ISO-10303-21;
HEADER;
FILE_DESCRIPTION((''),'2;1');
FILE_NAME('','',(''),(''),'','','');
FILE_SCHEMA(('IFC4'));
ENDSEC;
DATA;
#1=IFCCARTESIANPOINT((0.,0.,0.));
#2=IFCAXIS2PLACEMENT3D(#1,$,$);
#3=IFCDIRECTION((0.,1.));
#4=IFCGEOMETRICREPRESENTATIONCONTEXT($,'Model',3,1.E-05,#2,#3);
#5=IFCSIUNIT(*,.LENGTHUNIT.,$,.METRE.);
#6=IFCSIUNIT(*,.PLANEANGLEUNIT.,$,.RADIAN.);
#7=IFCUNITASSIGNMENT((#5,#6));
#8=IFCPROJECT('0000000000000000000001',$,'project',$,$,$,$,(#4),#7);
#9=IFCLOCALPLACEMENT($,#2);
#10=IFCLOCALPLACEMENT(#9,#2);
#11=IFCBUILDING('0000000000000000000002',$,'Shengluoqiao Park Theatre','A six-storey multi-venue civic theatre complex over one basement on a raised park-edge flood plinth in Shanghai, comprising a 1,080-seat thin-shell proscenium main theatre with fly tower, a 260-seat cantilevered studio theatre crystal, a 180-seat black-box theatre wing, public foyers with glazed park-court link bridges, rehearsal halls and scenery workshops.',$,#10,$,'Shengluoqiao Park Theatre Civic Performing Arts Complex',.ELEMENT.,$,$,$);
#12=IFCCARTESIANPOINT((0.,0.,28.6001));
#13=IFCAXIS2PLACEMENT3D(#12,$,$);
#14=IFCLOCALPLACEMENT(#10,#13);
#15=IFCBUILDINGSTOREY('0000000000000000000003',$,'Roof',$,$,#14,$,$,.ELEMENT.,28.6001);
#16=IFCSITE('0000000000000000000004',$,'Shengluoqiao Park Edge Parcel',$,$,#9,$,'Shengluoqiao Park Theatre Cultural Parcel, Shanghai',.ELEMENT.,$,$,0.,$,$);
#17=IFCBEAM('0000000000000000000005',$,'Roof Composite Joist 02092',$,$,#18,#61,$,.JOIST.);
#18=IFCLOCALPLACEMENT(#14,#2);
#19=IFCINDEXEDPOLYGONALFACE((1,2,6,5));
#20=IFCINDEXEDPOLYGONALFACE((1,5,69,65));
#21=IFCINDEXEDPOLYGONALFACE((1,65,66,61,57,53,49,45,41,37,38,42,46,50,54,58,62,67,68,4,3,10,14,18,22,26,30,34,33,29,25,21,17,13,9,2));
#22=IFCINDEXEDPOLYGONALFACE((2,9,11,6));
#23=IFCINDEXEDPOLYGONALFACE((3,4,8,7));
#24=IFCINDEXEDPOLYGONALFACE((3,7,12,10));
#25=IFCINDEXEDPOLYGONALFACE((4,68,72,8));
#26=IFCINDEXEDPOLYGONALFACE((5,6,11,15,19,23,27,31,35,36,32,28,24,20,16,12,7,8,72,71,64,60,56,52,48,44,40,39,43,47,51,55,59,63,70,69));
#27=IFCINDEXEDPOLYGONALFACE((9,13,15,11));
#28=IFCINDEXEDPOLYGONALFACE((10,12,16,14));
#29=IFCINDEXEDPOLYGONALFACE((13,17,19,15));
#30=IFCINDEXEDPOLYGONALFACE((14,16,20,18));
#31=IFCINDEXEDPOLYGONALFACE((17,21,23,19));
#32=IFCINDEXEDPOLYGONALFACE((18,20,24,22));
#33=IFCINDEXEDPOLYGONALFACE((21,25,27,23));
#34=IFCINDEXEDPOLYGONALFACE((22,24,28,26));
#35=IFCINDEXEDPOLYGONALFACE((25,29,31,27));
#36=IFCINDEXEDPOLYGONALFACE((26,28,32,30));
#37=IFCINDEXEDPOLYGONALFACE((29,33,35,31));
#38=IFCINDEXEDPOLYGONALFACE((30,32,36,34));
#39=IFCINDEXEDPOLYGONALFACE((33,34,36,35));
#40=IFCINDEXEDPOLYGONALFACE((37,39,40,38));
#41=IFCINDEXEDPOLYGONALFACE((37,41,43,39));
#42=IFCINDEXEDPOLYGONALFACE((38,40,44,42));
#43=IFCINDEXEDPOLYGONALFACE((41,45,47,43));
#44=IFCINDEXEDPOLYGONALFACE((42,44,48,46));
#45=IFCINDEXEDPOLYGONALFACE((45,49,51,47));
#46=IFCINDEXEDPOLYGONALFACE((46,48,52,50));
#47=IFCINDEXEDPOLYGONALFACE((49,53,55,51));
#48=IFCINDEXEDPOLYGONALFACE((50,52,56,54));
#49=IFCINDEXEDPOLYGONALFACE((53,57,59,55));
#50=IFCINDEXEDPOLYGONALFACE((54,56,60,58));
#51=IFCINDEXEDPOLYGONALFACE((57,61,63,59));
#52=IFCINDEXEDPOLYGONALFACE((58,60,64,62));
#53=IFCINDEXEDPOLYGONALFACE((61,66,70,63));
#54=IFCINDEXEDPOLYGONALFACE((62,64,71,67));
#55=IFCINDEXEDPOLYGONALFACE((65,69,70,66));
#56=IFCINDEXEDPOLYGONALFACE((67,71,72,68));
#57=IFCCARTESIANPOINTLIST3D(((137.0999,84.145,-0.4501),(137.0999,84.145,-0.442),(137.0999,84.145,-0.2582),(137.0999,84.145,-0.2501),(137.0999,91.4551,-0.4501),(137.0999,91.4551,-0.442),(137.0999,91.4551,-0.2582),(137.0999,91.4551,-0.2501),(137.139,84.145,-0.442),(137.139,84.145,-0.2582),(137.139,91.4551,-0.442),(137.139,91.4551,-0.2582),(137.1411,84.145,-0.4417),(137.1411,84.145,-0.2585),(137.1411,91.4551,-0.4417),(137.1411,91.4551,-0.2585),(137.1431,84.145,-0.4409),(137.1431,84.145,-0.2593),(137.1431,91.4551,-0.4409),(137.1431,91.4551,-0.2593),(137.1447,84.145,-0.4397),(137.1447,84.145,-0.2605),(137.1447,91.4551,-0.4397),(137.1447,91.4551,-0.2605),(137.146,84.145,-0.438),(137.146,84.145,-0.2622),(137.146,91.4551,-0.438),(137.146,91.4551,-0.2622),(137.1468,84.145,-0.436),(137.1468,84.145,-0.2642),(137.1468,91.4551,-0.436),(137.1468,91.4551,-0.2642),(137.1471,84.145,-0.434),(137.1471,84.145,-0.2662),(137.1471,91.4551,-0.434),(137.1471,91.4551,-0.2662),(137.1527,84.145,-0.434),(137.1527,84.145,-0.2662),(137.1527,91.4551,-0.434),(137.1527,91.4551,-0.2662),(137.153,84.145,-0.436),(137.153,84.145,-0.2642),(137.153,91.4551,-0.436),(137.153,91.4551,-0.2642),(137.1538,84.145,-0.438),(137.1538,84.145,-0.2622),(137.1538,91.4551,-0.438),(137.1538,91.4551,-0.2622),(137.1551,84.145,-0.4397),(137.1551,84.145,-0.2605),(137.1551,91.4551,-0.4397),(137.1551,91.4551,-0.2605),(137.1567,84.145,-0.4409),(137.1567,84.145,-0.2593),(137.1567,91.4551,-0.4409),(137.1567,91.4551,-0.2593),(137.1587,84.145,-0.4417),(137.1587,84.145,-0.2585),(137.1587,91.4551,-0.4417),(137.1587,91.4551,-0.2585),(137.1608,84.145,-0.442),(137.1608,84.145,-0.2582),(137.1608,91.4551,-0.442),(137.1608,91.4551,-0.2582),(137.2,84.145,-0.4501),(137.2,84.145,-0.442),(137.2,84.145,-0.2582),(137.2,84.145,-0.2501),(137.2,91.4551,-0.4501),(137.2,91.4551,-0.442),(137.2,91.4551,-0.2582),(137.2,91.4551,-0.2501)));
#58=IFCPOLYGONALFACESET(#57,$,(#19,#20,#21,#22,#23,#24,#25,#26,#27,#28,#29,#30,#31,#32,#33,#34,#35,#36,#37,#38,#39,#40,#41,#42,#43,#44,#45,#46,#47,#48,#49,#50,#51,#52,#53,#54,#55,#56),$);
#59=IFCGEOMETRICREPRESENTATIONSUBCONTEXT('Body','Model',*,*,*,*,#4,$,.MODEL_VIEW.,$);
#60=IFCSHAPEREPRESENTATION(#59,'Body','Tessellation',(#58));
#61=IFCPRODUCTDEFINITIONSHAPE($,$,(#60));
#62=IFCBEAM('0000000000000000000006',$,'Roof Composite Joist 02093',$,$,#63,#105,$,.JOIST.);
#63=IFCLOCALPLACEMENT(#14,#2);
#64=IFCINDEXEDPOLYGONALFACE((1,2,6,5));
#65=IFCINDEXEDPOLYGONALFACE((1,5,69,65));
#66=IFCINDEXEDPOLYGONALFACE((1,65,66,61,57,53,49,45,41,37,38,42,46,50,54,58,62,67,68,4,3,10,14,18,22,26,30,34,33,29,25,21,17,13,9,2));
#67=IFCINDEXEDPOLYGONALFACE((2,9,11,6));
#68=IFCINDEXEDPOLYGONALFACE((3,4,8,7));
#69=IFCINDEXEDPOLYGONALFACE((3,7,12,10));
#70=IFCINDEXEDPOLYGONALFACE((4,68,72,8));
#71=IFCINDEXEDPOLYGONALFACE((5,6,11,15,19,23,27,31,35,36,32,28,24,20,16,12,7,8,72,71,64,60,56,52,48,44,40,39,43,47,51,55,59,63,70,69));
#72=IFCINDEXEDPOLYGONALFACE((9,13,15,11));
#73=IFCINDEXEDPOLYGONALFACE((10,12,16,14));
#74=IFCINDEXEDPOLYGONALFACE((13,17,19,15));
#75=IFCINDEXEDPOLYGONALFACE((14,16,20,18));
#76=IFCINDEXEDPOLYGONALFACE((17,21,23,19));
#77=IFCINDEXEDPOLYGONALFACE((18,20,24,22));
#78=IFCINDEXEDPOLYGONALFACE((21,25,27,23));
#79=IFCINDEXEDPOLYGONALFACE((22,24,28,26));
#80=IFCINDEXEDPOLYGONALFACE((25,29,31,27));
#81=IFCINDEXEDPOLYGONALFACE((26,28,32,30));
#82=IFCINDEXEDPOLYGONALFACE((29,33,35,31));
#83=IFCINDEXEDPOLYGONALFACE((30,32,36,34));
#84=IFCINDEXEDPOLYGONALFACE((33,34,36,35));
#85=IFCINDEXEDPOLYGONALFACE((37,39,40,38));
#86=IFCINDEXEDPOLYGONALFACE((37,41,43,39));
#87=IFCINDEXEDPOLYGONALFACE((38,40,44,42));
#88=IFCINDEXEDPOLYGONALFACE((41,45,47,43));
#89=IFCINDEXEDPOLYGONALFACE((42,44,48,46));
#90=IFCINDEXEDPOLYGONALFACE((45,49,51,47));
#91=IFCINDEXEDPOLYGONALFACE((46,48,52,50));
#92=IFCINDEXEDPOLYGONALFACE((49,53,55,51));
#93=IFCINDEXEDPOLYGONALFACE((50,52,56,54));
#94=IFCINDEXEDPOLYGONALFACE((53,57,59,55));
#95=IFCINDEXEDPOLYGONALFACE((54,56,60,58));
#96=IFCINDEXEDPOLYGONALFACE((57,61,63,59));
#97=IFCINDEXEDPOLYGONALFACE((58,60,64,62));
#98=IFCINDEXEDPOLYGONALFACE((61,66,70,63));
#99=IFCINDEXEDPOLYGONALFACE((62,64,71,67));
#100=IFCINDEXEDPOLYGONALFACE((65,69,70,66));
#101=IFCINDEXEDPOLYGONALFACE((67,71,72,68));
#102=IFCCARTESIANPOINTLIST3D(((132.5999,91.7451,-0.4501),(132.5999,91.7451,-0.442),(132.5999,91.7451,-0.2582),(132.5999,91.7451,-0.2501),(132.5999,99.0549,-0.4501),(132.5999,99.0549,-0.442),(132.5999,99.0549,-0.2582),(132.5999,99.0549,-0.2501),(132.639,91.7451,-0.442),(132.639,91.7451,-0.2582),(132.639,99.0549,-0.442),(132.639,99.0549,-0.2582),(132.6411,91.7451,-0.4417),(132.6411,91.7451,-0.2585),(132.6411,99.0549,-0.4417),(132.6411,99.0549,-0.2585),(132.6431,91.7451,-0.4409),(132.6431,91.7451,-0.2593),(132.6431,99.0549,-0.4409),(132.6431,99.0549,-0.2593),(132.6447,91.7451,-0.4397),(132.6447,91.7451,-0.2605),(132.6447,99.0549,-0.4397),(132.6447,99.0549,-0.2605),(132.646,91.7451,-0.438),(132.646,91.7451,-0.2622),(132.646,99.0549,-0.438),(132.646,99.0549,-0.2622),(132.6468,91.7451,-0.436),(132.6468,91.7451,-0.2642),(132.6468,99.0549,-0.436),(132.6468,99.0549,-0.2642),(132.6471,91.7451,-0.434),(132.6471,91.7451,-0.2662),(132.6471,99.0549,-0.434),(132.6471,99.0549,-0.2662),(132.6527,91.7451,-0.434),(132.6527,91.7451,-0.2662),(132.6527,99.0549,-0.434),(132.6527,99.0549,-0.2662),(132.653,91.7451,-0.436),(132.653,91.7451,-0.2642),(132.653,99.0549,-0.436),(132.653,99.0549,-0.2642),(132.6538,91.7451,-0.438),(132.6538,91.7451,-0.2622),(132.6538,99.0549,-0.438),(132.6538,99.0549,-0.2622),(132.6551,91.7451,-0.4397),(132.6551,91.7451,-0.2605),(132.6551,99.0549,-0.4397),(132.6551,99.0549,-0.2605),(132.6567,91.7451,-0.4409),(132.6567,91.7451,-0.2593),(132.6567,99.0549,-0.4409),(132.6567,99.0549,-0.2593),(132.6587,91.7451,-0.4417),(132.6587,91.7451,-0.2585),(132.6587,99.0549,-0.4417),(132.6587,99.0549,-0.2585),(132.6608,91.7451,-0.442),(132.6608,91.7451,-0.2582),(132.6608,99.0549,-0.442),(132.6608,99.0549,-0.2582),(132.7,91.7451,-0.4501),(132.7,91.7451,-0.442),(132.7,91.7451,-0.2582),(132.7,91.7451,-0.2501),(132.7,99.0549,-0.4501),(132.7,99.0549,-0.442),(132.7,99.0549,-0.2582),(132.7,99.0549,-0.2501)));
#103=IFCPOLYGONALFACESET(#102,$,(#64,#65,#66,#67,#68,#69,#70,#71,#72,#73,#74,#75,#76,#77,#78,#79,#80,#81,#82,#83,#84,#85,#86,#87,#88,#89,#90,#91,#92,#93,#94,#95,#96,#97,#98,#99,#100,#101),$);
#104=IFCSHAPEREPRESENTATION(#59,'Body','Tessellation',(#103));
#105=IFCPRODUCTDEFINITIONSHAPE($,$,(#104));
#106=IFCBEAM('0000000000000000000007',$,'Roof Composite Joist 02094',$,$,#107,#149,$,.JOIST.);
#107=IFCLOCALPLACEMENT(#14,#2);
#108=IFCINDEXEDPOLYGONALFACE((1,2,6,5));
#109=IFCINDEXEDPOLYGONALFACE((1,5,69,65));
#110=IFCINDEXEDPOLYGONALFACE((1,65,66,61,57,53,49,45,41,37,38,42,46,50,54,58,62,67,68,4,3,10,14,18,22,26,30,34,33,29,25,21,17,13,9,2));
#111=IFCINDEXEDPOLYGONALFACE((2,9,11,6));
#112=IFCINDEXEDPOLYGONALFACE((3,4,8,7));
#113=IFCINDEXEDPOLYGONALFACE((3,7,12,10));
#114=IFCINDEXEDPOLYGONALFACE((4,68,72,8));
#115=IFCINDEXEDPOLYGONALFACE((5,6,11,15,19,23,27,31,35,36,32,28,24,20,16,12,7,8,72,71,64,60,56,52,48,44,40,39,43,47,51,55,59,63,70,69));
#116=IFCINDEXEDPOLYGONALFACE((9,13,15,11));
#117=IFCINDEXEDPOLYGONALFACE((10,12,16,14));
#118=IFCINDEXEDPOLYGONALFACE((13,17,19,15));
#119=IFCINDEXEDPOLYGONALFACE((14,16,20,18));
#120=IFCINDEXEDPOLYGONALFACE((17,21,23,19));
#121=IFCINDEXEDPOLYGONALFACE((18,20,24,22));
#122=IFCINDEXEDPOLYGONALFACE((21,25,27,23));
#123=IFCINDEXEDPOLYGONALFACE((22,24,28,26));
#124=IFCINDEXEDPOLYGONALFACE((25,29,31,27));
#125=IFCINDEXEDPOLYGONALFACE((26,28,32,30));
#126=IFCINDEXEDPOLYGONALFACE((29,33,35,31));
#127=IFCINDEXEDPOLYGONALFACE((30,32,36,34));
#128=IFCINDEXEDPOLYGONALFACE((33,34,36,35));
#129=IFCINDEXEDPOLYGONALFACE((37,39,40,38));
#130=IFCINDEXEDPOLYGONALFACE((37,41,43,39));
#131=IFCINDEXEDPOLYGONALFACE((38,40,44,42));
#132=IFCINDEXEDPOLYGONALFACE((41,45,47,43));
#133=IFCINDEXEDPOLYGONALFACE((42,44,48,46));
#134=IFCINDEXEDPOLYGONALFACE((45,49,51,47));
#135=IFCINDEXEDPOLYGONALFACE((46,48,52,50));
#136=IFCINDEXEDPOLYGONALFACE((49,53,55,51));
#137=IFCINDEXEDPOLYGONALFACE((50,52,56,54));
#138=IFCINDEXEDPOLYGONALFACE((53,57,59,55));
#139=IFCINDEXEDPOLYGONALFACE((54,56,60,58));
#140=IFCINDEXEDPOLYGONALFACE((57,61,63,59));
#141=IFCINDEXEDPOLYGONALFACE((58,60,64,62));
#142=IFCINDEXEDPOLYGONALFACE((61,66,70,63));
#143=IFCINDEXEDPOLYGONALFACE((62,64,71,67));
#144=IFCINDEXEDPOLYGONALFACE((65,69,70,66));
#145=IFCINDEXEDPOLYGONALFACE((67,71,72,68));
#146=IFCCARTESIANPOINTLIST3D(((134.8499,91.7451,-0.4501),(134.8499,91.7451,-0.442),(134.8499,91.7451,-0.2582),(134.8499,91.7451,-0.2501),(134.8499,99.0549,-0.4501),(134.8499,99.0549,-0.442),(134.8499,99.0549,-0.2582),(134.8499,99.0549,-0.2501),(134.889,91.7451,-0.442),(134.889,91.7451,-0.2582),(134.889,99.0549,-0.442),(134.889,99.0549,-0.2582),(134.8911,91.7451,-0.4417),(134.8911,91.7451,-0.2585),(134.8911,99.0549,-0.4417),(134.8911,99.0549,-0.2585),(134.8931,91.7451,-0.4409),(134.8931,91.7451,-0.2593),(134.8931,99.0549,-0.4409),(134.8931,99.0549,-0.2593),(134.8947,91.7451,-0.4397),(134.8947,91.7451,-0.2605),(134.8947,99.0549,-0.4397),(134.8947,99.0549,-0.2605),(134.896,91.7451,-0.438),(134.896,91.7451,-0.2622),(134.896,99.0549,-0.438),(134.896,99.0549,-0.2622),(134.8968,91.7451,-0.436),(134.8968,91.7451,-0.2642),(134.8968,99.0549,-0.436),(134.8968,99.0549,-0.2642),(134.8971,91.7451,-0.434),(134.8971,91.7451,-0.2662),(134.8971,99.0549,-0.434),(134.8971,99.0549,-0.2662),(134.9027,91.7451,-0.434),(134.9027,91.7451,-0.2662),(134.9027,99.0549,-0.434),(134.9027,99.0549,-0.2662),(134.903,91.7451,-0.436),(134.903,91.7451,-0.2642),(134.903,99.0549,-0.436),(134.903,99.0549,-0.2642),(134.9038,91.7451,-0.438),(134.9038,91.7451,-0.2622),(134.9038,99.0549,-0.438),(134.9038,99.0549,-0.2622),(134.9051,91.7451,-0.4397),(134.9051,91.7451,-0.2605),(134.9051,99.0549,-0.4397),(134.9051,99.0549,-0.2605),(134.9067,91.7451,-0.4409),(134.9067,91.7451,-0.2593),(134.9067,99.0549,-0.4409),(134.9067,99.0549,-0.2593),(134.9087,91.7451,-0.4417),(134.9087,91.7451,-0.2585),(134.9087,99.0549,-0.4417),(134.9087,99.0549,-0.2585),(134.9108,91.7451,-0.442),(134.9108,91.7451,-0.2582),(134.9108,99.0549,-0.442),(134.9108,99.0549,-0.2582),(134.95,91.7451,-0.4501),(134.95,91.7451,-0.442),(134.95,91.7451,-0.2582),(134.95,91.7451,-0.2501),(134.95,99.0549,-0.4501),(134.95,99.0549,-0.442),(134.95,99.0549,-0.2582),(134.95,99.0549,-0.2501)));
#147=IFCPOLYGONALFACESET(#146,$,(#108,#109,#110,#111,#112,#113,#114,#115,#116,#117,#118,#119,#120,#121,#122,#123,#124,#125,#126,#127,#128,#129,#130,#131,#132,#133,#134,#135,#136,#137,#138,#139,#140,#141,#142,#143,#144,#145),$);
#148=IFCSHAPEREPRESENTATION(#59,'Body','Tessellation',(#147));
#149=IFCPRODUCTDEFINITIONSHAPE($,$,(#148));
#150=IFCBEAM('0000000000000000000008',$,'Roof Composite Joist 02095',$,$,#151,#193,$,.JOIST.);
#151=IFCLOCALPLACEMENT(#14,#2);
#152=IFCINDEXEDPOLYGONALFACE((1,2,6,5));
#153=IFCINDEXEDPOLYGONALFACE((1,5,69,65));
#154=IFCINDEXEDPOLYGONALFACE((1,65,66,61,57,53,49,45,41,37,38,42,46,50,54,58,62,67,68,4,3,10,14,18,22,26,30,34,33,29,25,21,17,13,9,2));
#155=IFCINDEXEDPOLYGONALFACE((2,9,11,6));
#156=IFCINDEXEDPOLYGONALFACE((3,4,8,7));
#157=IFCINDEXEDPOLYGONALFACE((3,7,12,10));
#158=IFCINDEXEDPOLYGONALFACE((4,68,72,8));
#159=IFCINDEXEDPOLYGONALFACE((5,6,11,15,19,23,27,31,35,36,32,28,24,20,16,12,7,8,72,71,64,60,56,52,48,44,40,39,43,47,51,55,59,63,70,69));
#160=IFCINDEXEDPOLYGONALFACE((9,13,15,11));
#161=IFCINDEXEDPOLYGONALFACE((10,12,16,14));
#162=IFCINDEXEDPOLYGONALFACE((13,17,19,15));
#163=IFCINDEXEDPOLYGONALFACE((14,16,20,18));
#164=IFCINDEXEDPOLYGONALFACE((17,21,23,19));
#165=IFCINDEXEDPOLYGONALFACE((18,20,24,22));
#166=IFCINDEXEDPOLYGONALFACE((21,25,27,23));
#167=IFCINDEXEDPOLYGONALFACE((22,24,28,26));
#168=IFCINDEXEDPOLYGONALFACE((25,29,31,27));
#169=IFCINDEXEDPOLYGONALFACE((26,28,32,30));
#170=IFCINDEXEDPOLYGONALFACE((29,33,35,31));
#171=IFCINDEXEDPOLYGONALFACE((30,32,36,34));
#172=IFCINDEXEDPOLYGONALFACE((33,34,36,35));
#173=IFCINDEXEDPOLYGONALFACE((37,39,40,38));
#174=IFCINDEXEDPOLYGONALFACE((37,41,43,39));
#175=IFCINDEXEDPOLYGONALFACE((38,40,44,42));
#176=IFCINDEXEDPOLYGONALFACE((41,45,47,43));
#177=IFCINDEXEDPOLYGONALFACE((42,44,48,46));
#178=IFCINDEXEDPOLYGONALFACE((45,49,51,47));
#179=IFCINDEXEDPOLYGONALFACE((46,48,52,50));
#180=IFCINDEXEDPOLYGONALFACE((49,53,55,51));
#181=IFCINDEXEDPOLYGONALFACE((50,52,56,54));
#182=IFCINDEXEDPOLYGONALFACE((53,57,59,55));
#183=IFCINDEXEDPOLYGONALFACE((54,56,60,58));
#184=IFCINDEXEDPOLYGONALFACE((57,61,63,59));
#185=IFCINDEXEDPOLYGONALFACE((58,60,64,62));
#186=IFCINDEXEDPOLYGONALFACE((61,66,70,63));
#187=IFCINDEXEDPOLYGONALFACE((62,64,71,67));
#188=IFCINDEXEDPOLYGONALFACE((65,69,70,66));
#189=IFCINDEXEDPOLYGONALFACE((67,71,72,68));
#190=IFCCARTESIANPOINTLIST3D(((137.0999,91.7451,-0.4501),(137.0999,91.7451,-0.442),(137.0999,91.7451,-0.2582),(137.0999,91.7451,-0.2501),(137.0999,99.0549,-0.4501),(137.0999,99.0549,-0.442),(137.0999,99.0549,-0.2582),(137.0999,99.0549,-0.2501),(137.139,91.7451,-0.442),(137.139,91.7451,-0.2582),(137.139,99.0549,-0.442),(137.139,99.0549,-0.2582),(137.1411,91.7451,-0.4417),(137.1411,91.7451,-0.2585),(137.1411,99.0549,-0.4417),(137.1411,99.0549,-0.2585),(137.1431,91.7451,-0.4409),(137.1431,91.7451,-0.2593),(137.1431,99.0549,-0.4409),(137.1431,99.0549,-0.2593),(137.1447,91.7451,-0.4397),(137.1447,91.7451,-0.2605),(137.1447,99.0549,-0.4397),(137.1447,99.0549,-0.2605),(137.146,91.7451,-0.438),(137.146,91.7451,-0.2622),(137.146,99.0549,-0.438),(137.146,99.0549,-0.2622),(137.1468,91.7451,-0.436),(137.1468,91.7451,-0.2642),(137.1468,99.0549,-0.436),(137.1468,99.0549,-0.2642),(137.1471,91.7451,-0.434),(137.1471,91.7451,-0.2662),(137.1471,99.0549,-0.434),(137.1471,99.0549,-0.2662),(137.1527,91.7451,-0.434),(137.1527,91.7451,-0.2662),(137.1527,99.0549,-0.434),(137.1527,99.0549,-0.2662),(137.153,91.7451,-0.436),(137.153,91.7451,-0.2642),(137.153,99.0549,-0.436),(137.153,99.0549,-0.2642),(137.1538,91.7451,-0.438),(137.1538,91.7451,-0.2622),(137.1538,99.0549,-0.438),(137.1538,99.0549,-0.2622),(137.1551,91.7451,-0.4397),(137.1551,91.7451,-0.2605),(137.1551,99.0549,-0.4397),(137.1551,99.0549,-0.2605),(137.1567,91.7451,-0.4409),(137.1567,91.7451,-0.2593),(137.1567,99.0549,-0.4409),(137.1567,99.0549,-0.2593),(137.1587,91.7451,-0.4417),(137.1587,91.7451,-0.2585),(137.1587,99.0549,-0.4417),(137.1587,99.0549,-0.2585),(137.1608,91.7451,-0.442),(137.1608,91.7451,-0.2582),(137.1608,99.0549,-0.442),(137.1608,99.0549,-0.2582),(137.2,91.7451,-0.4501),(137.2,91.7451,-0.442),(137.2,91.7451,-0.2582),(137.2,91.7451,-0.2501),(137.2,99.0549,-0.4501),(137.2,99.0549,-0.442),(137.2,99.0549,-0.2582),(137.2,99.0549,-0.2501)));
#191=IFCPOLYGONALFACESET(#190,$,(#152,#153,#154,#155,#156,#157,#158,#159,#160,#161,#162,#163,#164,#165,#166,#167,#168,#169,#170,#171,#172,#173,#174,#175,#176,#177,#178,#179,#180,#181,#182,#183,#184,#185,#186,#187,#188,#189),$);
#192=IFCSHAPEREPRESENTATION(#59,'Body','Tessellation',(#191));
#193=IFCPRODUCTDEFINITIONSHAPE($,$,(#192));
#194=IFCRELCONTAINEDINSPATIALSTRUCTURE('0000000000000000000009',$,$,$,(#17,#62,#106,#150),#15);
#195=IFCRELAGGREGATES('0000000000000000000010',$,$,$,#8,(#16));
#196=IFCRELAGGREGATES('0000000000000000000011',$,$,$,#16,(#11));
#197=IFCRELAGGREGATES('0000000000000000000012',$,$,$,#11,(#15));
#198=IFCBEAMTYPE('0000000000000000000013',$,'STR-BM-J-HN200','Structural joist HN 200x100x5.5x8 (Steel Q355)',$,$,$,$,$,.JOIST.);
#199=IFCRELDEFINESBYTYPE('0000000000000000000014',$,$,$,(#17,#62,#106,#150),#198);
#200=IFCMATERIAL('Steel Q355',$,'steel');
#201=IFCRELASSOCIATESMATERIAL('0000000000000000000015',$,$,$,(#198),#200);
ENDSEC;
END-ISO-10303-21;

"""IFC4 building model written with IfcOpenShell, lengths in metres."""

from ifc_helpers import new_model, si_unit, direction, frame, origin, origin_2d, place, context, subcontext, project, spatial, i_section, extrude, material, material_profile, profile_set, type_object, element, save


model = new_model("IFC4")

# Units and contexts
model_context = context("Model", 3, precision=1e-05, world=origin(), true_north=direction((0.0, 1.0)))
body_context = subcontext(model_context, "Body", "Model", "MODEL_VIEW")
ifc_project = project(units=[si_unit("LENGTHUNIT", "METRE"), si_unit("PLANEANGLEUNIT", "RADIAN")], contexts=[model_context])

# Site, building, storey
site_placement = place(None, origin())
site = spatial("IfcSite", under=ifc_project, at=site_placement, Name="Shengluoqiao Park Edge Parcel", LongName="Shengluoqiao Park Theatre Cultural Parcel, Shanghai", CompositionType="ELEMENT", RefElevation=0.0)
building_placement = place(site_placement, origin())
building = spatial("IfcBuilding", under=site, at=building_placement, Name="Shengluoqiao Park Theatre", Description="A six-storey multi-venue civic theatre complex over one basement on a raised park-edge flood plinth in Shanghai, comprising a 1,080-seat thin-shell proscenium main theatre with fly tower, a 260-seat cantilevered studio theatre crystal, a 180-seat black-box theatre wing, public foyers with glazed park-court link bridges, rehearsal halls and scenery workshops.", LongName="Shengluoqiao Park Theatre Civic Performing Arts Complex", CompositionType="ELEMENT")
storey_placement = place(building_placement, frame((0.0, 0.0, 28.6001)))
storey = spatial("IfcBuildingStorey", under=building, at=storey_placement, Name="Roof", CompositionType="ELEMENT", Elevation=28.6001)

# Beams
ifc_material_1 = material(Name="Steel Q355", Category="steel")
ifc_material_profile_1 = material_profile(ifc_material_1, i_section(OverallWidth=0.1001, OverallDepth=0.2, WebThickness=0.0056, FlangeThickness=0.0081, FilletRadius=0.0081, at=origin_2d()), Name="HN 200x100x5.5x8")
ifc_profile_set_1 = profile_set([ifc_material_profile_1], Name="Steel Q355")
beam_type_1 = type_object("IfcBeamType", Name="STR-BM-J-HN200", Description="Structural joist HN 200x100x5.5x8 (Steel Q355)", PredefinedType="JOIST", material=ifc_profile_set_1)
for number, where, z_axis, x_axis, name in (
    (1, (137.1499, 84.145, -0.3501), (0.0, 1.0, 0.0), (-1.0, 0.0, 0.0), "Roof Composite Joist 02092"),
):
    element("IfcBeam", number, at=place(storey_placement, frame(where, z_axis=z_axis, x_axis=x_axis)), inside=storey, type_object=beam_type_1, Name=name, PredefinedType="JOIST", context=body_context, shape_type="SweptSolid", body=[
        extrude(i_section(OverallWidth=0.1001, OverallDepth=0.2, WebThickness=0.0056, FlangeThickness=0.0081, FilletRadius=0.0081, at=origin_2d()), origin(), (0.0, 0.0, 1.0), 7.3101),
    ])
for number, where, z_axis, x_axis, name in (
    (2, (132.6499, 91.7451, -0.3501), (0.0, 1.0, 0.0), (-1.0, 0.0, 0.0), "Roof Composite Joist 02093"),
    (3, (134.8999, 91.7451, -0.3501), (0.0, 1.0, 0.0), (-1.0, 0.0, 0.0), "Roof Composite Joist 02094"),
    (4, (137.1499, 91.7451, -0.3501), (0.0, 1.0, 0.0), (-1.0, 0.0, 0.0), "Roof Composite Joist 02095"),
):
    element("IfcBeam", number, at=place(storey_placement, frame(where, z_axis=z_axis, x_axis=x_axis)), inside=storey, type_object=beam_type_1, Name=name, PredefinedType="JOIST", context=body_context, shape_type="SweptSolid", body=[
        extrude(i_section(OverallWidth=0.1001, OverallDepth=0.2, WebThickness=0.0056, FlangeThickness=0.0081, FilletRadius=0.0081, at=origin_2d()), origin(), (0.0, 0.0, 1.0), 7.3098),
    ])

save(model, "model.ifc")
